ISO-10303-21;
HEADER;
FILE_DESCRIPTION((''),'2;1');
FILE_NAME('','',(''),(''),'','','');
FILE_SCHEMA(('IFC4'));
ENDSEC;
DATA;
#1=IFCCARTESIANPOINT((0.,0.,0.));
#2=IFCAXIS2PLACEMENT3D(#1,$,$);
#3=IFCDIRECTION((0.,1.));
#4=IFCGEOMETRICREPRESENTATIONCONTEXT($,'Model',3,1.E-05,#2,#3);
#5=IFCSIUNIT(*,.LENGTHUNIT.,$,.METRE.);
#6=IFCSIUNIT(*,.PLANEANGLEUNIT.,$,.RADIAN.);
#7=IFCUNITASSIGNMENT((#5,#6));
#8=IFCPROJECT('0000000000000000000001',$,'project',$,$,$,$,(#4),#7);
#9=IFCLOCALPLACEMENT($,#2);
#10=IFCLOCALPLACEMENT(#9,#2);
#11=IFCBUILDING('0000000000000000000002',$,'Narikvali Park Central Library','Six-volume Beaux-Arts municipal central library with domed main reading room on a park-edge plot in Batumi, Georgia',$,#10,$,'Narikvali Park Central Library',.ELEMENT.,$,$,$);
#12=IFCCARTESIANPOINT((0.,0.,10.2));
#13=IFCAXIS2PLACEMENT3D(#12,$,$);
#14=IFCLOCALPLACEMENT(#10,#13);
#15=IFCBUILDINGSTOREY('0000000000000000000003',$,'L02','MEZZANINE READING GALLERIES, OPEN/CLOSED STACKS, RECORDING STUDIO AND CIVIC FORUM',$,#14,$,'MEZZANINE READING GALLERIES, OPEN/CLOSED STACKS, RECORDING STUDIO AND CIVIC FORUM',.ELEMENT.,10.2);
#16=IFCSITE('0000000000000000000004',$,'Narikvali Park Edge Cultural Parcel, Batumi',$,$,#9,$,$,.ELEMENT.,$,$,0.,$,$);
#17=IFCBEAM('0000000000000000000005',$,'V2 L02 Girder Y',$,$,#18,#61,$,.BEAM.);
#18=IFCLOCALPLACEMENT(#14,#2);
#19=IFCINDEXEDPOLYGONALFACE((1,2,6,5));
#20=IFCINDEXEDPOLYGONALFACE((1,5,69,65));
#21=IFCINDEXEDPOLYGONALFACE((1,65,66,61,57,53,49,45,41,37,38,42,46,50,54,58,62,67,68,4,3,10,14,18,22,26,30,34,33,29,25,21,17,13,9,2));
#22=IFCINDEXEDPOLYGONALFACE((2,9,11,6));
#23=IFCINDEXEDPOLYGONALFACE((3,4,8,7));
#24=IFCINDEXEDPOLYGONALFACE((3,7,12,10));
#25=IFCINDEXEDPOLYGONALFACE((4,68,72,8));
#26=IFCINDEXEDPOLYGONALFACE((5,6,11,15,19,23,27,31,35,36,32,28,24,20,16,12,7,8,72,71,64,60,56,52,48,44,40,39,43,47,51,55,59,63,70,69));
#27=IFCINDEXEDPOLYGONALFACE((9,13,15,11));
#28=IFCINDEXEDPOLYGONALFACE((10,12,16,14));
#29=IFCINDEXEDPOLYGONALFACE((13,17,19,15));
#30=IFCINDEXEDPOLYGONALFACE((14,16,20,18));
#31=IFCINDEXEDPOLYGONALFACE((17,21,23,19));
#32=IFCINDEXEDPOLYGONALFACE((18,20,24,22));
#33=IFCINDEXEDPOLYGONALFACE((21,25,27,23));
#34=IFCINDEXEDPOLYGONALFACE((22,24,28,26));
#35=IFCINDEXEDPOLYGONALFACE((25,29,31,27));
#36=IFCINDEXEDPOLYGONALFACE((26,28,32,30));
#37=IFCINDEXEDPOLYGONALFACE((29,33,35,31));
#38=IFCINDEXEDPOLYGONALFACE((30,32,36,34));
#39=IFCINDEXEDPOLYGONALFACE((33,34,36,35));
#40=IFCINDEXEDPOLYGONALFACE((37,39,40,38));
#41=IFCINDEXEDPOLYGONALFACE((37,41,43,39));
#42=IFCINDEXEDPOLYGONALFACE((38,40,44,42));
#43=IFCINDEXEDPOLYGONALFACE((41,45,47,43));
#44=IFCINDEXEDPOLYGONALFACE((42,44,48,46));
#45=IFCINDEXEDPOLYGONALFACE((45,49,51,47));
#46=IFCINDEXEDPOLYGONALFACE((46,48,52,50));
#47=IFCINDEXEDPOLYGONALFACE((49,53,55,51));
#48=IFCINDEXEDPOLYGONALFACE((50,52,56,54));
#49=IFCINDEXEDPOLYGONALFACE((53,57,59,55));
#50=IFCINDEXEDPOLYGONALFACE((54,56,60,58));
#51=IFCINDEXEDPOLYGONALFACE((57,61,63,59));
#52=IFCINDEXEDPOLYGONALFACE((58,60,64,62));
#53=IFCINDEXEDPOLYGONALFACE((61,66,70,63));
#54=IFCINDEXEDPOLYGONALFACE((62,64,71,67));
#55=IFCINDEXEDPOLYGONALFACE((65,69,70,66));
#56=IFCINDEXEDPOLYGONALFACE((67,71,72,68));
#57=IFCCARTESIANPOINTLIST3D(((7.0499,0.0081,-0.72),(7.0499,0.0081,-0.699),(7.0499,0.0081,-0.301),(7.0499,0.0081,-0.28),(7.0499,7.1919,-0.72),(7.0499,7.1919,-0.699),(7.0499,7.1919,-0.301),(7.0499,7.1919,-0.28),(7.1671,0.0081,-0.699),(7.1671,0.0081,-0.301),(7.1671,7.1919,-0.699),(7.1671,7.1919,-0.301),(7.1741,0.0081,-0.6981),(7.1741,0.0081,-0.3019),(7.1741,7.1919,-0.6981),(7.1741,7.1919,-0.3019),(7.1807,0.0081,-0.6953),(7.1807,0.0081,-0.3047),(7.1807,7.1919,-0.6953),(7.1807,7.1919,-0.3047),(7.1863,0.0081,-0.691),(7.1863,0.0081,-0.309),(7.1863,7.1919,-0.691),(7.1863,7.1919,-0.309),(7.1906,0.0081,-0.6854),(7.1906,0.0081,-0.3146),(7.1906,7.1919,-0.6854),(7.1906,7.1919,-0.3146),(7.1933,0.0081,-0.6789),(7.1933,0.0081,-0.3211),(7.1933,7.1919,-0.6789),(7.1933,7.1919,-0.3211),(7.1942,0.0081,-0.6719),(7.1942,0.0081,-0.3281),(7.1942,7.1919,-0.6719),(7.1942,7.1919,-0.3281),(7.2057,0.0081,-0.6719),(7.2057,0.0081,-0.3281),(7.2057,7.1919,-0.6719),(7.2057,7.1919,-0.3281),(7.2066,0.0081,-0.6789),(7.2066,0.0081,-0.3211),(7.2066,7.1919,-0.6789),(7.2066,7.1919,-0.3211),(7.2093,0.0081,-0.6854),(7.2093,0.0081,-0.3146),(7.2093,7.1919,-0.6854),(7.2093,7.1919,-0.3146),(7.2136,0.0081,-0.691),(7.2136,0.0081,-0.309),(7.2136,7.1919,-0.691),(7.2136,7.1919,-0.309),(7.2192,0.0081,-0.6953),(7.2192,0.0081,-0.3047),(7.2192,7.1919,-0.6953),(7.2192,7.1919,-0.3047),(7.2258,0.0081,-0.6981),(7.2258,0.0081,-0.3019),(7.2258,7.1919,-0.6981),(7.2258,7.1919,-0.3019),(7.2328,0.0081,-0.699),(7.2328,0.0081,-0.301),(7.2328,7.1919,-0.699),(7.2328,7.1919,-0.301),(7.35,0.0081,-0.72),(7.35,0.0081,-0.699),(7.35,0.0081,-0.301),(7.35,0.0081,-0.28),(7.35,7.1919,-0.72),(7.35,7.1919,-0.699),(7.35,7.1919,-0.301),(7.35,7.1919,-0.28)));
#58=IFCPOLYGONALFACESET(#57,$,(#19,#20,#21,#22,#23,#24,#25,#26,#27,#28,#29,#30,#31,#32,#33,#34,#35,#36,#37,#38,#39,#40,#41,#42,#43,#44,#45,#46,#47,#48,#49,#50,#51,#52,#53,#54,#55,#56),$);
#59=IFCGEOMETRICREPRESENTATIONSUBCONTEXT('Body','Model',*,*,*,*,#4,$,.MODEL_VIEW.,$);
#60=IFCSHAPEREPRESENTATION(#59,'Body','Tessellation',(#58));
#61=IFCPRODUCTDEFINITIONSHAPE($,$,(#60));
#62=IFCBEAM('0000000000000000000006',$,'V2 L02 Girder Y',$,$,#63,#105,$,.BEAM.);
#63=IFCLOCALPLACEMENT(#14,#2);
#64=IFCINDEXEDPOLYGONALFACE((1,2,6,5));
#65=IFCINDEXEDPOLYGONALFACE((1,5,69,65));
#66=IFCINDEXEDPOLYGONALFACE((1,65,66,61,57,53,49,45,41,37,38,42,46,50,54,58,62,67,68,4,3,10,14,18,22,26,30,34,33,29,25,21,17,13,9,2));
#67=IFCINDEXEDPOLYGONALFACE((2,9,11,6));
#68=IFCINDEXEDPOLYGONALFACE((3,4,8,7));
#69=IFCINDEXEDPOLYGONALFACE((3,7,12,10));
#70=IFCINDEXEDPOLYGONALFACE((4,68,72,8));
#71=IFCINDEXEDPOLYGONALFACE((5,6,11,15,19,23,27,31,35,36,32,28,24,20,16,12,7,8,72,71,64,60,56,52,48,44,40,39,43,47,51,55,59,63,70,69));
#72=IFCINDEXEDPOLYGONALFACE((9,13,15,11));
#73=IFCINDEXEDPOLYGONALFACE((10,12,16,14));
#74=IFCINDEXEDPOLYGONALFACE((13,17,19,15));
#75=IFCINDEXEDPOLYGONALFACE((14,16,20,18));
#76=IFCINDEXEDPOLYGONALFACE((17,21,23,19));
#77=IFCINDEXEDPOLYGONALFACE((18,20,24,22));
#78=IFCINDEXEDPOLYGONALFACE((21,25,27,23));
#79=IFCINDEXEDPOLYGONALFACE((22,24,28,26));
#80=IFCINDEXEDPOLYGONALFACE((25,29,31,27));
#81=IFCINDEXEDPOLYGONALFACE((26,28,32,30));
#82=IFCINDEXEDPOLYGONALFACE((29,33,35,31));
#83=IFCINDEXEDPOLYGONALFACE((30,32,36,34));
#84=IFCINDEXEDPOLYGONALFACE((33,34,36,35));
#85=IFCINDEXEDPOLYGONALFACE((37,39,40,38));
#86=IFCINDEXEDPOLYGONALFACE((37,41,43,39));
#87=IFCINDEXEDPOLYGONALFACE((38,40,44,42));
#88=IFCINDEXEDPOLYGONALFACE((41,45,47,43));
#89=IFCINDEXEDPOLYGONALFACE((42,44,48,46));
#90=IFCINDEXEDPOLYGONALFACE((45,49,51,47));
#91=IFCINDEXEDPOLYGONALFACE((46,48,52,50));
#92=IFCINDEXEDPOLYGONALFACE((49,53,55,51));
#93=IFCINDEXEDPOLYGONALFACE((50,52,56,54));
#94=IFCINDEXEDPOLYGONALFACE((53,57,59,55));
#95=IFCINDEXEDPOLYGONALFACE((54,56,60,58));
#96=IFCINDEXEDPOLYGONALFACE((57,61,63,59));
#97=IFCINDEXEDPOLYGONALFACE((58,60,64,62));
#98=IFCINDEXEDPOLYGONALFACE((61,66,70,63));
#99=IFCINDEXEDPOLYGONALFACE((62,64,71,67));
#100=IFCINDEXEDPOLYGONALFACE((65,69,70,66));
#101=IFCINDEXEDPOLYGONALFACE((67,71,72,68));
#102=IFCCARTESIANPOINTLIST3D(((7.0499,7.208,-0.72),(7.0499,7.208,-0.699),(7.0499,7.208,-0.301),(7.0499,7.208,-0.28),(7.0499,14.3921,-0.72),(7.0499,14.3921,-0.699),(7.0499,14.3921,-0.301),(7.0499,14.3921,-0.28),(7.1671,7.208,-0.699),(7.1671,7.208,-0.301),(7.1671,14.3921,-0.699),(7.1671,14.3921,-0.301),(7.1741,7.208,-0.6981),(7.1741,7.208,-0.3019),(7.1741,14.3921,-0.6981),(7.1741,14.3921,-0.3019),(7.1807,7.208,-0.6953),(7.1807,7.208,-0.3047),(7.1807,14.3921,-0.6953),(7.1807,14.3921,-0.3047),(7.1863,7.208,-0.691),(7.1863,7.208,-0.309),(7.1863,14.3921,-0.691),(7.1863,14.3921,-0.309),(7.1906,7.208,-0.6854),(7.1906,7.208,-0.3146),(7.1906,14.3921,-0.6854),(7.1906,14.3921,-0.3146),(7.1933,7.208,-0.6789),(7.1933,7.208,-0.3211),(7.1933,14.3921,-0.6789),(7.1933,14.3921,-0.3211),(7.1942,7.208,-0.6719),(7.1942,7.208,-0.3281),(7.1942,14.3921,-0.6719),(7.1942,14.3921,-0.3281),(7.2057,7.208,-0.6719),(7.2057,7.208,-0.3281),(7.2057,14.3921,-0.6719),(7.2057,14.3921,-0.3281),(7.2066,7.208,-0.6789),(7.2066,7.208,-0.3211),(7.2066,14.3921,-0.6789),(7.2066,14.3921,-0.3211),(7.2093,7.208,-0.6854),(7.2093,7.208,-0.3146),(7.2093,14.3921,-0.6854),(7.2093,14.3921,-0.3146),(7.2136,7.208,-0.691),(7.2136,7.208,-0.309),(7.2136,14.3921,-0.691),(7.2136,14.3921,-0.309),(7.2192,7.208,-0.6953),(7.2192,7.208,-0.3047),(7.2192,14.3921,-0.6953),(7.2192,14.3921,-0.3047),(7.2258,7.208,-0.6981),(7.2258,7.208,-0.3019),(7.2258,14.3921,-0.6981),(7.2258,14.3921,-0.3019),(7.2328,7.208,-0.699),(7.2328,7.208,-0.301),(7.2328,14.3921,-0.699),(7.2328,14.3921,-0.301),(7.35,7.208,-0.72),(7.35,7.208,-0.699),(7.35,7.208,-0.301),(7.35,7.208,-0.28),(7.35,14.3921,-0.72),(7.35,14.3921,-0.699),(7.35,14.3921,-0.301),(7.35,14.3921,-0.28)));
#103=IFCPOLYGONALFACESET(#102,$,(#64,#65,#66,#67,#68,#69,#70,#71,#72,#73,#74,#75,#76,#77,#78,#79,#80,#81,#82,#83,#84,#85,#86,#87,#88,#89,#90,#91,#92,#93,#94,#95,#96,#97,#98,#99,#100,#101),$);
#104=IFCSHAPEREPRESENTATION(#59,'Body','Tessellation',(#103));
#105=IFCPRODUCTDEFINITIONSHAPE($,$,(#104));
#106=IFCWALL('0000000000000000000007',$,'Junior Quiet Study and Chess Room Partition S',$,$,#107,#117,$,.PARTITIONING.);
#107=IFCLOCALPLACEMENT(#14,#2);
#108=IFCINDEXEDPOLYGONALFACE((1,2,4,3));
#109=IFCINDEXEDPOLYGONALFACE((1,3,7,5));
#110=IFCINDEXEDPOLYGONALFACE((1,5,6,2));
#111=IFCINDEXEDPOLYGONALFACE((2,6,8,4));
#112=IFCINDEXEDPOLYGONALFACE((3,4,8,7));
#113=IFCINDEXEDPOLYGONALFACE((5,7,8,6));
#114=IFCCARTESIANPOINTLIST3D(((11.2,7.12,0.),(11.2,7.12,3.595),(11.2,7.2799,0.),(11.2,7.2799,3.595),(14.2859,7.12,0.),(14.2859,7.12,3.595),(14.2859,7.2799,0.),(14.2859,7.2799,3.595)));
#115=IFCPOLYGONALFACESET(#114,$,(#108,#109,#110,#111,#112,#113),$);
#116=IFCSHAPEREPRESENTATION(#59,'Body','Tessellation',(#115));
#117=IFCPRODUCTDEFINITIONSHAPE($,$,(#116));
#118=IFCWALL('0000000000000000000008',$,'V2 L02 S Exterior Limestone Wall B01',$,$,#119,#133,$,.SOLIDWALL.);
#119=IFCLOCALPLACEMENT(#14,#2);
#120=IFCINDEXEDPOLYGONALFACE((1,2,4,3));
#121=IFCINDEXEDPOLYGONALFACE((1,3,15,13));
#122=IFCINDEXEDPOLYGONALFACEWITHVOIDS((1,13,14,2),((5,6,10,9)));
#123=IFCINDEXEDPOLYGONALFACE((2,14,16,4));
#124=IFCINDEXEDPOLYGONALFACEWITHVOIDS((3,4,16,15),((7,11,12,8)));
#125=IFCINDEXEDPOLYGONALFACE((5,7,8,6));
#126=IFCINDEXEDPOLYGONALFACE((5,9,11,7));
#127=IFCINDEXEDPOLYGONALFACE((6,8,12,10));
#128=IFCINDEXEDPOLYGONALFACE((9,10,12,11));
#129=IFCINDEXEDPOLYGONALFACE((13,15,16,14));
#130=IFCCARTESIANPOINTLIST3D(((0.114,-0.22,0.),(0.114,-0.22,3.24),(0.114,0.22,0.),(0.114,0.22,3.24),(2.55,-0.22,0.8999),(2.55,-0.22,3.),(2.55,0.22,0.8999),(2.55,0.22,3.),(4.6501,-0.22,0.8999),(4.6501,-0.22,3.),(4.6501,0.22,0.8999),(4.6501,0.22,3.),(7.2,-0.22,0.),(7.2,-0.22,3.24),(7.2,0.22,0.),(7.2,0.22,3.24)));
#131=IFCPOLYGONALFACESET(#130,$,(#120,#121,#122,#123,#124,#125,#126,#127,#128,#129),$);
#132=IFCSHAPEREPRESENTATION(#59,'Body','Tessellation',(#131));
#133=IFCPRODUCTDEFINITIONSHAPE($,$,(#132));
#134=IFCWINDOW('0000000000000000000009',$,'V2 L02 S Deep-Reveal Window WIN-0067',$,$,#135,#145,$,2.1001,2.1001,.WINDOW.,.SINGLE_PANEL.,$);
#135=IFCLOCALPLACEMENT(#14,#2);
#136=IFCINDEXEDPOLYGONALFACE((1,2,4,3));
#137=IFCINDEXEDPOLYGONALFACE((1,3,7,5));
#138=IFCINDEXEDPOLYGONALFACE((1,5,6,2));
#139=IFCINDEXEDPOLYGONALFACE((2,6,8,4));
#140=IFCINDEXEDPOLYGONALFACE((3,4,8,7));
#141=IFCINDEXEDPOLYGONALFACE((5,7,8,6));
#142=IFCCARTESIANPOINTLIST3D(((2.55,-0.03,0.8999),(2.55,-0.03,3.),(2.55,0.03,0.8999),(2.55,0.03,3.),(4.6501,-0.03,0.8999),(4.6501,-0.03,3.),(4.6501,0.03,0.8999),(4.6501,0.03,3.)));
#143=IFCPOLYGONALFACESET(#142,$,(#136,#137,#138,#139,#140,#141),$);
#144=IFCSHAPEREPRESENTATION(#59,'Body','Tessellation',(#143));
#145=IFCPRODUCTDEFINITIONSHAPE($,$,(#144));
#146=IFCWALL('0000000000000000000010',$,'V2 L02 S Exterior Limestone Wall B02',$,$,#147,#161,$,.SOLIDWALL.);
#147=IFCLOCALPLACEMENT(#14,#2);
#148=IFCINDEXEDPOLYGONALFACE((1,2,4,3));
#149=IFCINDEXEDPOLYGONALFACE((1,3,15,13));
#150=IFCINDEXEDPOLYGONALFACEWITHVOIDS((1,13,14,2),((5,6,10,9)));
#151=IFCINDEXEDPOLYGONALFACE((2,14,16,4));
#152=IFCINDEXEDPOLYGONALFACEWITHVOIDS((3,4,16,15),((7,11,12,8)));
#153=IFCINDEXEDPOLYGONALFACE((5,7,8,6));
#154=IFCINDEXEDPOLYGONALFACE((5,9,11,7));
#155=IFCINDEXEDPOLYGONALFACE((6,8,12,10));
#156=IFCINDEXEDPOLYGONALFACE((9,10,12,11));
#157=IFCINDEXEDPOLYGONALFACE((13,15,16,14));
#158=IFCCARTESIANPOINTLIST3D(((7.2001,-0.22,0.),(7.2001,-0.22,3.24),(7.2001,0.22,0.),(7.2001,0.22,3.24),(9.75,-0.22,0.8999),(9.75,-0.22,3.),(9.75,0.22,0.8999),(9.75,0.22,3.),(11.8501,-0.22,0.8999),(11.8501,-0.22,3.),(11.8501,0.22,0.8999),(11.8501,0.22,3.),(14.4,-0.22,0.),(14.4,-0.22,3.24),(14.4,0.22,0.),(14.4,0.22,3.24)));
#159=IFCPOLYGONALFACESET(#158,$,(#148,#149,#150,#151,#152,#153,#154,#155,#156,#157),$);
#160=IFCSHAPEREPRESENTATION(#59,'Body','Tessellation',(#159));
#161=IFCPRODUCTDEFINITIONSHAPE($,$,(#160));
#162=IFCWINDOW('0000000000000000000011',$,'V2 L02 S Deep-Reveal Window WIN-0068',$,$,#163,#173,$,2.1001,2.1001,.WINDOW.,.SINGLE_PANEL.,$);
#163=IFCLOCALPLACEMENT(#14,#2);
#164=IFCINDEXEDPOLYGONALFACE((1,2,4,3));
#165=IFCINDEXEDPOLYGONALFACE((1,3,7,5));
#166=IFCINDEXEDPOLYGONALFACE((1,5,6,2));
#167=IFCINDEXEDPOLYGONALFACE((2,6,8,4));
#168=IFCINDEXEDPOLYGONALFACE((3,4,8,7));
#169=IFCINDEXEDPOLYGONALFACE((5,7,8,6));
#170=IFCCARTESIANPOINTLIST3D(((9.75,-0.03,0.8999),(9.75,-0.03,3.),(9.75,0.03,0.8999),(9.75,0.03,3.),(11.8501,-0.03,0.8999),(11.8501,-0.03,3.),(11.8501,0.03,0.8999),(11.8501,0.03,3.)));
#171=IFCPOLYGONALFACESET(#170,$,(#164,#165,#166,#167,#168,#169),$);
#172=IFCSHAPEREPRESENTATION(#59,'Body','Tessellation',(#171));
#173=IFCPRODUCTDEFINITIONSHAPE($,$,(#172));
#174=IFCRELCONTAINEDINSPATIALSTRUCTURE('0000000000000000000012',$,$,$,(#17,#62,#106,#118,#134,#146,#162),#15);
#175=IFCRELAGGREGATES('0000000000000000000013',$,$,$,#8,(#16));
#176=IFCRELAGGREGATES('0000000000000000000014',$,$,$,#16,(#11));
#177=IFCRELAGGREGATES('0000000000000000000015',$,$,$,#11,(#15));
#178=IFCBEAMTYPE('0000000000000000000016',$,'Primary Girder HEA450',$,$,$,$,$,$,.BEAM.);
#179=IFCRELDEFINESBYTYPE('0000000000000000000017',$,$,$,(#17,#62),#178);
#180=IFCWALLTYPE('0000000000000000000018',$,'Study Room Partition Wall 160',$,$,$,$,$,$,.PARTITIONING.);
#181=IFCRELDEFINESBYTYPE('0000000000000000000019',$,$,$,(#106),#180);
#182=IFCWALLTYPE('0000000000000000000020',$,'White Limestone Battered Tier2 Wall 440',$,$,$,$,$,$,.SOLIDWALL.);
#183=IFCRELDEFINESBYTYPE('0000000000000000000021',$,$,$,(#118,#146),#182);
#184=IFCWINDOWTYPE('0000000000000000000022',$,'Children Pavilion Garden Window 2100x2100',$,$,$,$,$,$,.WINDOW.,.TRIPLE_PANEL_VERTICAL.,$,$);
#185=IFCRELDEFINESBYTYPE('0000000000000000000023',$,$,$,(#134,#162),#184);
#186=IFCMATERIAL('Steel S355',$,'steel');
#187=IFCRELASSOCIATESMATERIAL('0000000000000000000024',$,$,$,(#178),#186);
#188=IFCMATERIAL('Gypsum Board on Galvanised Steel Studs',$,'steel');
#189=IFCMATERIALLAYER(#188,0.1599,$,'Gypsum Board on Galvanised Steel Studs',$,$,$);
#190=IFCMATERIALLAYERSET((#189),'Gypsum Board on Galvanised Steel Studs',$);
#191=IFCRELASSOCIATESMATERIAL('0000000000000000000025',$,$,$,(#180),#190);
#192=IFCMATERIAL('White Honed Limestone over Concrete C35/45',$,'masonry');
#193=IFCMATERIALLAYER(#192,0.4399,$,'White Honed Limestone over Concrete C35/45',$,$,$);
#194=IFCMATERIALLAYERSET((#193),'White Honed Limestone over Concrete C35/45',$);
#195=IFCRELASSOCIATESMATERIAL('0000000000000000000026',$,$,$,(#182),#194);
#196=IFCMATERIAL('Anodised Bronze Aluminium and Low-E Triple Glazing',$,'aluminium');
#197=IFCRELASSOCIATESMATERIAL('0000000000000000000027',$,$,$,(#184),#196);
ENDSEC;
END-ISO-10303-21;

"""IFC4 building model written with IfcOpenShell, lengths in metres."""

from ifc_helpers import new_model, si_unit, direction, frame, frame_2d, origin, origin_2d, place, context, subcontext, project, spatial, rectangle, i_section, extrude, material, layer, layer_set, material_profile, profile_set, type_object, element, fill, save


model = new_model("IFC4")

# Units and contexts
model_context = context("Model", 3, precision=1e-05, world=origin(), true_north=direction((0.0, 1.0)))
body_context = subcontext(model_context, "Body", "Model", "MODEL_VIEW")
ifc_project = project(units=[si_unit("LENGTHUNIT", "METRE"), si_unit("PLANEANGLEUNIT", "RADIAN")], contexts=[model_context])

# Site, building, storey
site_placement = place(None, origin())
site = spatial("IfcSite", under=ifc_project, at=site_placement, Name="Narikvali Park Edge Cultural Parcel, Batumi", CompositionType="ELEMENT", RefElevation=0.0)
building_placement = place(site_placement, origin())
building = spatial("IfcBuilding", under=site, at=building_placement, Name="Narikvali Park Central Library", Description="Six-volume Beaux-Arts municipal central library with domed main reading room on a park-edge plot in Batumi, Georgia", LongName="Narikvali Park Central Library", CompositionType="ELEMENT")
storey_placement = place(building_placement, frame((0.0, 0.0, 10.2)))
storey = spatial("IfcBuildingStorey", under=building, at=storey_placement, Name="L02", Description="MEZZANINE READING GALLERIES, OPEN/CLOSED STACKS, RECORDING STUDIO AND CIVIC FORUM", LongName="MEZZANINE READING GALLERIES, OPEN/CLOSED STACKS, RECORDING STUDIO AND CIVIC FORUM", CompositionType="ELEMENT", Elevation=10.2)

# Shared definitions
ifc_material_1 = material(Name="Steel S355", Category="steel")

# Beams
ifc_material_profile_1 = material_profile(ifc_material_1, i_section(OverallWidth=0.3, OverallDepth=0.4399, WebThickness=0.0115, FlangeThickness=0.021, FilletRadius=0.0271, at=origin_2d()), Name="HEA 450")
ifc_profile_set_1 = profile_set([ifc_material_profile_1], Name="Steel S355")
beam_type_1 = type_object("IfcBeamType", Name="Primary Girder HEA450", PredefinedType="BEAM", material=ifc_profile_set_1)
beam_1_placement = place(storey_placement, frame((7.2, 0.0081, -0.5), z_axis=(0.0, 1.0, 0.0), x_axis=(-1.0, 0.0, 0.0)))
element("IfcBeam", 1, at=beam_1_placement, inside=storey, type_object=beam_type_1, Name="V2 L02 Girder Y", PredefinedType="BEAM", context=body_context, shape_type="SweptSolid", body=[
    extrude(i_section(OverallWidth=0.3, OverallDepth=0.4399, WebThickness=0.0115, FlangeThickness=0.021, FilletRadius=0.0271, at=origin_2d()), origin(), (0.0, 0.0, 1.0), 7.1838),
])
beam_2_placement = place(storey_placement, frame((7.2, 7.208, -0.5), z_axis=(0.0, 1.0, 0.0), x_axis=(-1.0, 0.0, 0.0)))
element("IfcBeam", 2, at=beam_2_placement, inside=storey, type_object=beam_type_1, Name="V2 L02 Girder Y", PredefinedType="BEAM", context=body_context, shape_type="SweptSolid", body=[
    extrude(i_section(OverallWidth=0.3, OverallDepth=0.4399, WebThickness=0.0115, FlangeThickness=0.021, FilletRadius=0.0271, at=origin_2d()), origin(), (0.0, 0.0, 1.0), 7.1841),
])

# Wall
ifc_material_2 = material(Name="Gypsum Board on Galvanised Steel Studs", Category="steel")
ifc_layer_1 = layer(ifc_material_2, 0.1599, Name="Gypsum Board on Galvanised Steel Studs")
ifc_layer_set_1 = layer_set([ifc_layer_1], Name="Gypsum Board on Galvanised Steel Studs")
wall_type_1 = type_object("IfcWallType", Name="Study Room Partition Wall 160", PredefinedType="PARTITIONING", material=ifc_layer_set_1)
wall_1_placement = place(storey_placement, frame((11.2, 7.2, 0.0), z_axis=(0.0, 0.0, 1.0), x_axis=(1.0, 0.0, 0.0)))
element("IfcWall", 3, at=wall_1_placement, inside=storey, type_object=wall_type_1, Name="Junior Quiet Study and Chess Room Partition S", PredefinedType="PARTITIONING", context=body_context, shape_type="SweptSolid", body=[
    extrude(rectangle(XDim=3.0859, YDim=0.1599, at=frame_2d((1.543, 0.0))), origin(), (0.0, 0.0, 1.0), 3.595),
])

# Walls, openings, windows
ifc_material_3 = material(Name="White Honed Limestone over Concrete C35/45", Category="masonry")
ifc_layer_2 = layer(ifc_material_3, 0.4399, Name="White Honed Limestone over Concrete C35/45")
ifc_layer_set_2 = layer_set([ifc_layer_2], Name="White Honed Limestone over Concrete C35/45")
wall_type_2 = type_object("IfcWallType", Name="White Limestone Battered Tier2 Wall 440", PredefinedType="SOLIDWALL", material=ifc_layer_set_2)
wall_2_placement = place(storey_placement, frame((0.114, 0.0, 0.0), z_axis=(0.0, 0.0, 1.0), x_axis=(1.0, 0.0, 0.0)))
wall_2 = element("IfcWall", 4, at=wall_2_placement, inside=storey, type_object=wall_type_2, Name="V2 L02 S Exterior Limestone Wall B01", PredefinedType="SOLIDWALL", context=body_context, shape_type="SweptSolid", body=[
    extrude(rectangle(XDim=7.0859, YDim=0.4399, at=frame_2d((3.543, 0.0))), origin(), (0.0, 0.0, 1.0), 3.24),
])
opening_1_placement = place(wall_2_placement, frame((2.436, 0.0, 0.8999)))
opening_1 = element("IfcOpeningElement", 5, at=opening_1_placement, cuts=wall_2, PredefinedType="OPENING", context=body_context, shape_type="SweptSolid", body=[
    extrude(rectangle(XDim=2.1001, YDim=2.1001, at=frame_2d((1.05, 1.05))), frame((0.0, 0.2319, 0.0), z_axis=(0.0, -1.0, 0.0), x_axis=(1.0, 0.0, 0.0)), (0.0, 0.0, 1.0), 0.4639),
])
ifc_material_4 = material(Name="Anodised Bronze Aluminium and Low-E Triple Glazing", Category="aluminium")
window_type = type_object("IfcWindowType", Name="Children Pavilion Garden Window 2100x2100", PartitioningType="TRIPLE_PANEL_VERTICAL", PredefinedType="WINDOW", material=ifc_material_4)
window_1_placement = place(opening_1_placement, origin())
window_1 = element("IfcWindow", 6, at=window_1_placement, inside=storey, type_object=window_type, Name="V2 L02 S Deep-Reveal Window WIN-0067", OverallHeight=2.1001, OverallWidth=2.1001, PartitioningType="SINGLE_PANEL", PredefinedType="WINDOW", context=body_context, shape_type="SweptSolid", body=[
    extrude(rectangle(XDim=2.1001, YDim=2.1001, at=frame_2d((1.05, 1.05))), frame((0.0, 0.03, 0.0), z_axis=(0.0, -1.0, 0.0), x_axis=(1.0, 0.0, 0.0)), (0.0, 0.0, 1.0), 0.0601),
])
fill(opening_1, window_1)
wall_3_placement = place(storey_placement, frame((7.2, 0.0, 0.0), z_axis=(0.0, 0.0, 1.0), x_axis=(1.0, 0.0, 0.0)))
wall_3 = element("IfcWall", 7, at=wall_3_placement, inside=storey, type_object=wall_type_2, Name="V2 L02 S Exterior Limestone Wall B02", PredefinedType="SOLIDWALL", context=body_context, shape_type="SweptSolid", body=[
    extrude(rectangle(XDim=7.2, YDim=0.4399, at=frame_2d((3.6001, 0.0))), origin(), (0.0, 0.0, 1.0), 3.24),
])
opening_2_placement = place(wall_3_placement, frame((2.55, 0.0, 0.8999)))
opening_2 = element("IfcOpeningElement", 8, at=opening_2_placement, cuts=wall_3, PredefinedType="OPENING", context=body_context, shape_type="SweptSolid", body=[
    extrude(rectangle(XDim=2.1001, YDim=2.1001, at=frame_2d((1.05, 1.05))), frame((0.0, 0.2319, 0.0), z_axis=(0.0, -1.0, 0.0), x_axis=(1.0, 0.0, 0.0)), (0.0, 0.0, 1.0), 0.4639),
])
window_2_placement = place(opening_2_placement, origin())
window_2 = element("IfcWindow", 9, at=window_2_placement, inside=storey, type_object=window_type, Name="V2 L02 S Deep-Reveal Window WIN-0068", OverallHeight=2.1001, OverallWidth=2.1001, PartitioningType="SINGLE_PANEL", PredefinedType="WINDOW", context=body_context, shape_type="SweptSolid", body=[
    extrude(rectangle(XDim=2.1001, YDim=2.1001, at=frame_2d((1.05, 1.05))), frame((0.0, 0.03, 0.0), z_axis=(0.0, -1.0, 0.0), x_axis=(1.0, 0.0, 0.0)), (0.0, 0.0, 1.0), 0.0601),
])
fill(opening_2, window_2)

save(model, "model.ifc")
